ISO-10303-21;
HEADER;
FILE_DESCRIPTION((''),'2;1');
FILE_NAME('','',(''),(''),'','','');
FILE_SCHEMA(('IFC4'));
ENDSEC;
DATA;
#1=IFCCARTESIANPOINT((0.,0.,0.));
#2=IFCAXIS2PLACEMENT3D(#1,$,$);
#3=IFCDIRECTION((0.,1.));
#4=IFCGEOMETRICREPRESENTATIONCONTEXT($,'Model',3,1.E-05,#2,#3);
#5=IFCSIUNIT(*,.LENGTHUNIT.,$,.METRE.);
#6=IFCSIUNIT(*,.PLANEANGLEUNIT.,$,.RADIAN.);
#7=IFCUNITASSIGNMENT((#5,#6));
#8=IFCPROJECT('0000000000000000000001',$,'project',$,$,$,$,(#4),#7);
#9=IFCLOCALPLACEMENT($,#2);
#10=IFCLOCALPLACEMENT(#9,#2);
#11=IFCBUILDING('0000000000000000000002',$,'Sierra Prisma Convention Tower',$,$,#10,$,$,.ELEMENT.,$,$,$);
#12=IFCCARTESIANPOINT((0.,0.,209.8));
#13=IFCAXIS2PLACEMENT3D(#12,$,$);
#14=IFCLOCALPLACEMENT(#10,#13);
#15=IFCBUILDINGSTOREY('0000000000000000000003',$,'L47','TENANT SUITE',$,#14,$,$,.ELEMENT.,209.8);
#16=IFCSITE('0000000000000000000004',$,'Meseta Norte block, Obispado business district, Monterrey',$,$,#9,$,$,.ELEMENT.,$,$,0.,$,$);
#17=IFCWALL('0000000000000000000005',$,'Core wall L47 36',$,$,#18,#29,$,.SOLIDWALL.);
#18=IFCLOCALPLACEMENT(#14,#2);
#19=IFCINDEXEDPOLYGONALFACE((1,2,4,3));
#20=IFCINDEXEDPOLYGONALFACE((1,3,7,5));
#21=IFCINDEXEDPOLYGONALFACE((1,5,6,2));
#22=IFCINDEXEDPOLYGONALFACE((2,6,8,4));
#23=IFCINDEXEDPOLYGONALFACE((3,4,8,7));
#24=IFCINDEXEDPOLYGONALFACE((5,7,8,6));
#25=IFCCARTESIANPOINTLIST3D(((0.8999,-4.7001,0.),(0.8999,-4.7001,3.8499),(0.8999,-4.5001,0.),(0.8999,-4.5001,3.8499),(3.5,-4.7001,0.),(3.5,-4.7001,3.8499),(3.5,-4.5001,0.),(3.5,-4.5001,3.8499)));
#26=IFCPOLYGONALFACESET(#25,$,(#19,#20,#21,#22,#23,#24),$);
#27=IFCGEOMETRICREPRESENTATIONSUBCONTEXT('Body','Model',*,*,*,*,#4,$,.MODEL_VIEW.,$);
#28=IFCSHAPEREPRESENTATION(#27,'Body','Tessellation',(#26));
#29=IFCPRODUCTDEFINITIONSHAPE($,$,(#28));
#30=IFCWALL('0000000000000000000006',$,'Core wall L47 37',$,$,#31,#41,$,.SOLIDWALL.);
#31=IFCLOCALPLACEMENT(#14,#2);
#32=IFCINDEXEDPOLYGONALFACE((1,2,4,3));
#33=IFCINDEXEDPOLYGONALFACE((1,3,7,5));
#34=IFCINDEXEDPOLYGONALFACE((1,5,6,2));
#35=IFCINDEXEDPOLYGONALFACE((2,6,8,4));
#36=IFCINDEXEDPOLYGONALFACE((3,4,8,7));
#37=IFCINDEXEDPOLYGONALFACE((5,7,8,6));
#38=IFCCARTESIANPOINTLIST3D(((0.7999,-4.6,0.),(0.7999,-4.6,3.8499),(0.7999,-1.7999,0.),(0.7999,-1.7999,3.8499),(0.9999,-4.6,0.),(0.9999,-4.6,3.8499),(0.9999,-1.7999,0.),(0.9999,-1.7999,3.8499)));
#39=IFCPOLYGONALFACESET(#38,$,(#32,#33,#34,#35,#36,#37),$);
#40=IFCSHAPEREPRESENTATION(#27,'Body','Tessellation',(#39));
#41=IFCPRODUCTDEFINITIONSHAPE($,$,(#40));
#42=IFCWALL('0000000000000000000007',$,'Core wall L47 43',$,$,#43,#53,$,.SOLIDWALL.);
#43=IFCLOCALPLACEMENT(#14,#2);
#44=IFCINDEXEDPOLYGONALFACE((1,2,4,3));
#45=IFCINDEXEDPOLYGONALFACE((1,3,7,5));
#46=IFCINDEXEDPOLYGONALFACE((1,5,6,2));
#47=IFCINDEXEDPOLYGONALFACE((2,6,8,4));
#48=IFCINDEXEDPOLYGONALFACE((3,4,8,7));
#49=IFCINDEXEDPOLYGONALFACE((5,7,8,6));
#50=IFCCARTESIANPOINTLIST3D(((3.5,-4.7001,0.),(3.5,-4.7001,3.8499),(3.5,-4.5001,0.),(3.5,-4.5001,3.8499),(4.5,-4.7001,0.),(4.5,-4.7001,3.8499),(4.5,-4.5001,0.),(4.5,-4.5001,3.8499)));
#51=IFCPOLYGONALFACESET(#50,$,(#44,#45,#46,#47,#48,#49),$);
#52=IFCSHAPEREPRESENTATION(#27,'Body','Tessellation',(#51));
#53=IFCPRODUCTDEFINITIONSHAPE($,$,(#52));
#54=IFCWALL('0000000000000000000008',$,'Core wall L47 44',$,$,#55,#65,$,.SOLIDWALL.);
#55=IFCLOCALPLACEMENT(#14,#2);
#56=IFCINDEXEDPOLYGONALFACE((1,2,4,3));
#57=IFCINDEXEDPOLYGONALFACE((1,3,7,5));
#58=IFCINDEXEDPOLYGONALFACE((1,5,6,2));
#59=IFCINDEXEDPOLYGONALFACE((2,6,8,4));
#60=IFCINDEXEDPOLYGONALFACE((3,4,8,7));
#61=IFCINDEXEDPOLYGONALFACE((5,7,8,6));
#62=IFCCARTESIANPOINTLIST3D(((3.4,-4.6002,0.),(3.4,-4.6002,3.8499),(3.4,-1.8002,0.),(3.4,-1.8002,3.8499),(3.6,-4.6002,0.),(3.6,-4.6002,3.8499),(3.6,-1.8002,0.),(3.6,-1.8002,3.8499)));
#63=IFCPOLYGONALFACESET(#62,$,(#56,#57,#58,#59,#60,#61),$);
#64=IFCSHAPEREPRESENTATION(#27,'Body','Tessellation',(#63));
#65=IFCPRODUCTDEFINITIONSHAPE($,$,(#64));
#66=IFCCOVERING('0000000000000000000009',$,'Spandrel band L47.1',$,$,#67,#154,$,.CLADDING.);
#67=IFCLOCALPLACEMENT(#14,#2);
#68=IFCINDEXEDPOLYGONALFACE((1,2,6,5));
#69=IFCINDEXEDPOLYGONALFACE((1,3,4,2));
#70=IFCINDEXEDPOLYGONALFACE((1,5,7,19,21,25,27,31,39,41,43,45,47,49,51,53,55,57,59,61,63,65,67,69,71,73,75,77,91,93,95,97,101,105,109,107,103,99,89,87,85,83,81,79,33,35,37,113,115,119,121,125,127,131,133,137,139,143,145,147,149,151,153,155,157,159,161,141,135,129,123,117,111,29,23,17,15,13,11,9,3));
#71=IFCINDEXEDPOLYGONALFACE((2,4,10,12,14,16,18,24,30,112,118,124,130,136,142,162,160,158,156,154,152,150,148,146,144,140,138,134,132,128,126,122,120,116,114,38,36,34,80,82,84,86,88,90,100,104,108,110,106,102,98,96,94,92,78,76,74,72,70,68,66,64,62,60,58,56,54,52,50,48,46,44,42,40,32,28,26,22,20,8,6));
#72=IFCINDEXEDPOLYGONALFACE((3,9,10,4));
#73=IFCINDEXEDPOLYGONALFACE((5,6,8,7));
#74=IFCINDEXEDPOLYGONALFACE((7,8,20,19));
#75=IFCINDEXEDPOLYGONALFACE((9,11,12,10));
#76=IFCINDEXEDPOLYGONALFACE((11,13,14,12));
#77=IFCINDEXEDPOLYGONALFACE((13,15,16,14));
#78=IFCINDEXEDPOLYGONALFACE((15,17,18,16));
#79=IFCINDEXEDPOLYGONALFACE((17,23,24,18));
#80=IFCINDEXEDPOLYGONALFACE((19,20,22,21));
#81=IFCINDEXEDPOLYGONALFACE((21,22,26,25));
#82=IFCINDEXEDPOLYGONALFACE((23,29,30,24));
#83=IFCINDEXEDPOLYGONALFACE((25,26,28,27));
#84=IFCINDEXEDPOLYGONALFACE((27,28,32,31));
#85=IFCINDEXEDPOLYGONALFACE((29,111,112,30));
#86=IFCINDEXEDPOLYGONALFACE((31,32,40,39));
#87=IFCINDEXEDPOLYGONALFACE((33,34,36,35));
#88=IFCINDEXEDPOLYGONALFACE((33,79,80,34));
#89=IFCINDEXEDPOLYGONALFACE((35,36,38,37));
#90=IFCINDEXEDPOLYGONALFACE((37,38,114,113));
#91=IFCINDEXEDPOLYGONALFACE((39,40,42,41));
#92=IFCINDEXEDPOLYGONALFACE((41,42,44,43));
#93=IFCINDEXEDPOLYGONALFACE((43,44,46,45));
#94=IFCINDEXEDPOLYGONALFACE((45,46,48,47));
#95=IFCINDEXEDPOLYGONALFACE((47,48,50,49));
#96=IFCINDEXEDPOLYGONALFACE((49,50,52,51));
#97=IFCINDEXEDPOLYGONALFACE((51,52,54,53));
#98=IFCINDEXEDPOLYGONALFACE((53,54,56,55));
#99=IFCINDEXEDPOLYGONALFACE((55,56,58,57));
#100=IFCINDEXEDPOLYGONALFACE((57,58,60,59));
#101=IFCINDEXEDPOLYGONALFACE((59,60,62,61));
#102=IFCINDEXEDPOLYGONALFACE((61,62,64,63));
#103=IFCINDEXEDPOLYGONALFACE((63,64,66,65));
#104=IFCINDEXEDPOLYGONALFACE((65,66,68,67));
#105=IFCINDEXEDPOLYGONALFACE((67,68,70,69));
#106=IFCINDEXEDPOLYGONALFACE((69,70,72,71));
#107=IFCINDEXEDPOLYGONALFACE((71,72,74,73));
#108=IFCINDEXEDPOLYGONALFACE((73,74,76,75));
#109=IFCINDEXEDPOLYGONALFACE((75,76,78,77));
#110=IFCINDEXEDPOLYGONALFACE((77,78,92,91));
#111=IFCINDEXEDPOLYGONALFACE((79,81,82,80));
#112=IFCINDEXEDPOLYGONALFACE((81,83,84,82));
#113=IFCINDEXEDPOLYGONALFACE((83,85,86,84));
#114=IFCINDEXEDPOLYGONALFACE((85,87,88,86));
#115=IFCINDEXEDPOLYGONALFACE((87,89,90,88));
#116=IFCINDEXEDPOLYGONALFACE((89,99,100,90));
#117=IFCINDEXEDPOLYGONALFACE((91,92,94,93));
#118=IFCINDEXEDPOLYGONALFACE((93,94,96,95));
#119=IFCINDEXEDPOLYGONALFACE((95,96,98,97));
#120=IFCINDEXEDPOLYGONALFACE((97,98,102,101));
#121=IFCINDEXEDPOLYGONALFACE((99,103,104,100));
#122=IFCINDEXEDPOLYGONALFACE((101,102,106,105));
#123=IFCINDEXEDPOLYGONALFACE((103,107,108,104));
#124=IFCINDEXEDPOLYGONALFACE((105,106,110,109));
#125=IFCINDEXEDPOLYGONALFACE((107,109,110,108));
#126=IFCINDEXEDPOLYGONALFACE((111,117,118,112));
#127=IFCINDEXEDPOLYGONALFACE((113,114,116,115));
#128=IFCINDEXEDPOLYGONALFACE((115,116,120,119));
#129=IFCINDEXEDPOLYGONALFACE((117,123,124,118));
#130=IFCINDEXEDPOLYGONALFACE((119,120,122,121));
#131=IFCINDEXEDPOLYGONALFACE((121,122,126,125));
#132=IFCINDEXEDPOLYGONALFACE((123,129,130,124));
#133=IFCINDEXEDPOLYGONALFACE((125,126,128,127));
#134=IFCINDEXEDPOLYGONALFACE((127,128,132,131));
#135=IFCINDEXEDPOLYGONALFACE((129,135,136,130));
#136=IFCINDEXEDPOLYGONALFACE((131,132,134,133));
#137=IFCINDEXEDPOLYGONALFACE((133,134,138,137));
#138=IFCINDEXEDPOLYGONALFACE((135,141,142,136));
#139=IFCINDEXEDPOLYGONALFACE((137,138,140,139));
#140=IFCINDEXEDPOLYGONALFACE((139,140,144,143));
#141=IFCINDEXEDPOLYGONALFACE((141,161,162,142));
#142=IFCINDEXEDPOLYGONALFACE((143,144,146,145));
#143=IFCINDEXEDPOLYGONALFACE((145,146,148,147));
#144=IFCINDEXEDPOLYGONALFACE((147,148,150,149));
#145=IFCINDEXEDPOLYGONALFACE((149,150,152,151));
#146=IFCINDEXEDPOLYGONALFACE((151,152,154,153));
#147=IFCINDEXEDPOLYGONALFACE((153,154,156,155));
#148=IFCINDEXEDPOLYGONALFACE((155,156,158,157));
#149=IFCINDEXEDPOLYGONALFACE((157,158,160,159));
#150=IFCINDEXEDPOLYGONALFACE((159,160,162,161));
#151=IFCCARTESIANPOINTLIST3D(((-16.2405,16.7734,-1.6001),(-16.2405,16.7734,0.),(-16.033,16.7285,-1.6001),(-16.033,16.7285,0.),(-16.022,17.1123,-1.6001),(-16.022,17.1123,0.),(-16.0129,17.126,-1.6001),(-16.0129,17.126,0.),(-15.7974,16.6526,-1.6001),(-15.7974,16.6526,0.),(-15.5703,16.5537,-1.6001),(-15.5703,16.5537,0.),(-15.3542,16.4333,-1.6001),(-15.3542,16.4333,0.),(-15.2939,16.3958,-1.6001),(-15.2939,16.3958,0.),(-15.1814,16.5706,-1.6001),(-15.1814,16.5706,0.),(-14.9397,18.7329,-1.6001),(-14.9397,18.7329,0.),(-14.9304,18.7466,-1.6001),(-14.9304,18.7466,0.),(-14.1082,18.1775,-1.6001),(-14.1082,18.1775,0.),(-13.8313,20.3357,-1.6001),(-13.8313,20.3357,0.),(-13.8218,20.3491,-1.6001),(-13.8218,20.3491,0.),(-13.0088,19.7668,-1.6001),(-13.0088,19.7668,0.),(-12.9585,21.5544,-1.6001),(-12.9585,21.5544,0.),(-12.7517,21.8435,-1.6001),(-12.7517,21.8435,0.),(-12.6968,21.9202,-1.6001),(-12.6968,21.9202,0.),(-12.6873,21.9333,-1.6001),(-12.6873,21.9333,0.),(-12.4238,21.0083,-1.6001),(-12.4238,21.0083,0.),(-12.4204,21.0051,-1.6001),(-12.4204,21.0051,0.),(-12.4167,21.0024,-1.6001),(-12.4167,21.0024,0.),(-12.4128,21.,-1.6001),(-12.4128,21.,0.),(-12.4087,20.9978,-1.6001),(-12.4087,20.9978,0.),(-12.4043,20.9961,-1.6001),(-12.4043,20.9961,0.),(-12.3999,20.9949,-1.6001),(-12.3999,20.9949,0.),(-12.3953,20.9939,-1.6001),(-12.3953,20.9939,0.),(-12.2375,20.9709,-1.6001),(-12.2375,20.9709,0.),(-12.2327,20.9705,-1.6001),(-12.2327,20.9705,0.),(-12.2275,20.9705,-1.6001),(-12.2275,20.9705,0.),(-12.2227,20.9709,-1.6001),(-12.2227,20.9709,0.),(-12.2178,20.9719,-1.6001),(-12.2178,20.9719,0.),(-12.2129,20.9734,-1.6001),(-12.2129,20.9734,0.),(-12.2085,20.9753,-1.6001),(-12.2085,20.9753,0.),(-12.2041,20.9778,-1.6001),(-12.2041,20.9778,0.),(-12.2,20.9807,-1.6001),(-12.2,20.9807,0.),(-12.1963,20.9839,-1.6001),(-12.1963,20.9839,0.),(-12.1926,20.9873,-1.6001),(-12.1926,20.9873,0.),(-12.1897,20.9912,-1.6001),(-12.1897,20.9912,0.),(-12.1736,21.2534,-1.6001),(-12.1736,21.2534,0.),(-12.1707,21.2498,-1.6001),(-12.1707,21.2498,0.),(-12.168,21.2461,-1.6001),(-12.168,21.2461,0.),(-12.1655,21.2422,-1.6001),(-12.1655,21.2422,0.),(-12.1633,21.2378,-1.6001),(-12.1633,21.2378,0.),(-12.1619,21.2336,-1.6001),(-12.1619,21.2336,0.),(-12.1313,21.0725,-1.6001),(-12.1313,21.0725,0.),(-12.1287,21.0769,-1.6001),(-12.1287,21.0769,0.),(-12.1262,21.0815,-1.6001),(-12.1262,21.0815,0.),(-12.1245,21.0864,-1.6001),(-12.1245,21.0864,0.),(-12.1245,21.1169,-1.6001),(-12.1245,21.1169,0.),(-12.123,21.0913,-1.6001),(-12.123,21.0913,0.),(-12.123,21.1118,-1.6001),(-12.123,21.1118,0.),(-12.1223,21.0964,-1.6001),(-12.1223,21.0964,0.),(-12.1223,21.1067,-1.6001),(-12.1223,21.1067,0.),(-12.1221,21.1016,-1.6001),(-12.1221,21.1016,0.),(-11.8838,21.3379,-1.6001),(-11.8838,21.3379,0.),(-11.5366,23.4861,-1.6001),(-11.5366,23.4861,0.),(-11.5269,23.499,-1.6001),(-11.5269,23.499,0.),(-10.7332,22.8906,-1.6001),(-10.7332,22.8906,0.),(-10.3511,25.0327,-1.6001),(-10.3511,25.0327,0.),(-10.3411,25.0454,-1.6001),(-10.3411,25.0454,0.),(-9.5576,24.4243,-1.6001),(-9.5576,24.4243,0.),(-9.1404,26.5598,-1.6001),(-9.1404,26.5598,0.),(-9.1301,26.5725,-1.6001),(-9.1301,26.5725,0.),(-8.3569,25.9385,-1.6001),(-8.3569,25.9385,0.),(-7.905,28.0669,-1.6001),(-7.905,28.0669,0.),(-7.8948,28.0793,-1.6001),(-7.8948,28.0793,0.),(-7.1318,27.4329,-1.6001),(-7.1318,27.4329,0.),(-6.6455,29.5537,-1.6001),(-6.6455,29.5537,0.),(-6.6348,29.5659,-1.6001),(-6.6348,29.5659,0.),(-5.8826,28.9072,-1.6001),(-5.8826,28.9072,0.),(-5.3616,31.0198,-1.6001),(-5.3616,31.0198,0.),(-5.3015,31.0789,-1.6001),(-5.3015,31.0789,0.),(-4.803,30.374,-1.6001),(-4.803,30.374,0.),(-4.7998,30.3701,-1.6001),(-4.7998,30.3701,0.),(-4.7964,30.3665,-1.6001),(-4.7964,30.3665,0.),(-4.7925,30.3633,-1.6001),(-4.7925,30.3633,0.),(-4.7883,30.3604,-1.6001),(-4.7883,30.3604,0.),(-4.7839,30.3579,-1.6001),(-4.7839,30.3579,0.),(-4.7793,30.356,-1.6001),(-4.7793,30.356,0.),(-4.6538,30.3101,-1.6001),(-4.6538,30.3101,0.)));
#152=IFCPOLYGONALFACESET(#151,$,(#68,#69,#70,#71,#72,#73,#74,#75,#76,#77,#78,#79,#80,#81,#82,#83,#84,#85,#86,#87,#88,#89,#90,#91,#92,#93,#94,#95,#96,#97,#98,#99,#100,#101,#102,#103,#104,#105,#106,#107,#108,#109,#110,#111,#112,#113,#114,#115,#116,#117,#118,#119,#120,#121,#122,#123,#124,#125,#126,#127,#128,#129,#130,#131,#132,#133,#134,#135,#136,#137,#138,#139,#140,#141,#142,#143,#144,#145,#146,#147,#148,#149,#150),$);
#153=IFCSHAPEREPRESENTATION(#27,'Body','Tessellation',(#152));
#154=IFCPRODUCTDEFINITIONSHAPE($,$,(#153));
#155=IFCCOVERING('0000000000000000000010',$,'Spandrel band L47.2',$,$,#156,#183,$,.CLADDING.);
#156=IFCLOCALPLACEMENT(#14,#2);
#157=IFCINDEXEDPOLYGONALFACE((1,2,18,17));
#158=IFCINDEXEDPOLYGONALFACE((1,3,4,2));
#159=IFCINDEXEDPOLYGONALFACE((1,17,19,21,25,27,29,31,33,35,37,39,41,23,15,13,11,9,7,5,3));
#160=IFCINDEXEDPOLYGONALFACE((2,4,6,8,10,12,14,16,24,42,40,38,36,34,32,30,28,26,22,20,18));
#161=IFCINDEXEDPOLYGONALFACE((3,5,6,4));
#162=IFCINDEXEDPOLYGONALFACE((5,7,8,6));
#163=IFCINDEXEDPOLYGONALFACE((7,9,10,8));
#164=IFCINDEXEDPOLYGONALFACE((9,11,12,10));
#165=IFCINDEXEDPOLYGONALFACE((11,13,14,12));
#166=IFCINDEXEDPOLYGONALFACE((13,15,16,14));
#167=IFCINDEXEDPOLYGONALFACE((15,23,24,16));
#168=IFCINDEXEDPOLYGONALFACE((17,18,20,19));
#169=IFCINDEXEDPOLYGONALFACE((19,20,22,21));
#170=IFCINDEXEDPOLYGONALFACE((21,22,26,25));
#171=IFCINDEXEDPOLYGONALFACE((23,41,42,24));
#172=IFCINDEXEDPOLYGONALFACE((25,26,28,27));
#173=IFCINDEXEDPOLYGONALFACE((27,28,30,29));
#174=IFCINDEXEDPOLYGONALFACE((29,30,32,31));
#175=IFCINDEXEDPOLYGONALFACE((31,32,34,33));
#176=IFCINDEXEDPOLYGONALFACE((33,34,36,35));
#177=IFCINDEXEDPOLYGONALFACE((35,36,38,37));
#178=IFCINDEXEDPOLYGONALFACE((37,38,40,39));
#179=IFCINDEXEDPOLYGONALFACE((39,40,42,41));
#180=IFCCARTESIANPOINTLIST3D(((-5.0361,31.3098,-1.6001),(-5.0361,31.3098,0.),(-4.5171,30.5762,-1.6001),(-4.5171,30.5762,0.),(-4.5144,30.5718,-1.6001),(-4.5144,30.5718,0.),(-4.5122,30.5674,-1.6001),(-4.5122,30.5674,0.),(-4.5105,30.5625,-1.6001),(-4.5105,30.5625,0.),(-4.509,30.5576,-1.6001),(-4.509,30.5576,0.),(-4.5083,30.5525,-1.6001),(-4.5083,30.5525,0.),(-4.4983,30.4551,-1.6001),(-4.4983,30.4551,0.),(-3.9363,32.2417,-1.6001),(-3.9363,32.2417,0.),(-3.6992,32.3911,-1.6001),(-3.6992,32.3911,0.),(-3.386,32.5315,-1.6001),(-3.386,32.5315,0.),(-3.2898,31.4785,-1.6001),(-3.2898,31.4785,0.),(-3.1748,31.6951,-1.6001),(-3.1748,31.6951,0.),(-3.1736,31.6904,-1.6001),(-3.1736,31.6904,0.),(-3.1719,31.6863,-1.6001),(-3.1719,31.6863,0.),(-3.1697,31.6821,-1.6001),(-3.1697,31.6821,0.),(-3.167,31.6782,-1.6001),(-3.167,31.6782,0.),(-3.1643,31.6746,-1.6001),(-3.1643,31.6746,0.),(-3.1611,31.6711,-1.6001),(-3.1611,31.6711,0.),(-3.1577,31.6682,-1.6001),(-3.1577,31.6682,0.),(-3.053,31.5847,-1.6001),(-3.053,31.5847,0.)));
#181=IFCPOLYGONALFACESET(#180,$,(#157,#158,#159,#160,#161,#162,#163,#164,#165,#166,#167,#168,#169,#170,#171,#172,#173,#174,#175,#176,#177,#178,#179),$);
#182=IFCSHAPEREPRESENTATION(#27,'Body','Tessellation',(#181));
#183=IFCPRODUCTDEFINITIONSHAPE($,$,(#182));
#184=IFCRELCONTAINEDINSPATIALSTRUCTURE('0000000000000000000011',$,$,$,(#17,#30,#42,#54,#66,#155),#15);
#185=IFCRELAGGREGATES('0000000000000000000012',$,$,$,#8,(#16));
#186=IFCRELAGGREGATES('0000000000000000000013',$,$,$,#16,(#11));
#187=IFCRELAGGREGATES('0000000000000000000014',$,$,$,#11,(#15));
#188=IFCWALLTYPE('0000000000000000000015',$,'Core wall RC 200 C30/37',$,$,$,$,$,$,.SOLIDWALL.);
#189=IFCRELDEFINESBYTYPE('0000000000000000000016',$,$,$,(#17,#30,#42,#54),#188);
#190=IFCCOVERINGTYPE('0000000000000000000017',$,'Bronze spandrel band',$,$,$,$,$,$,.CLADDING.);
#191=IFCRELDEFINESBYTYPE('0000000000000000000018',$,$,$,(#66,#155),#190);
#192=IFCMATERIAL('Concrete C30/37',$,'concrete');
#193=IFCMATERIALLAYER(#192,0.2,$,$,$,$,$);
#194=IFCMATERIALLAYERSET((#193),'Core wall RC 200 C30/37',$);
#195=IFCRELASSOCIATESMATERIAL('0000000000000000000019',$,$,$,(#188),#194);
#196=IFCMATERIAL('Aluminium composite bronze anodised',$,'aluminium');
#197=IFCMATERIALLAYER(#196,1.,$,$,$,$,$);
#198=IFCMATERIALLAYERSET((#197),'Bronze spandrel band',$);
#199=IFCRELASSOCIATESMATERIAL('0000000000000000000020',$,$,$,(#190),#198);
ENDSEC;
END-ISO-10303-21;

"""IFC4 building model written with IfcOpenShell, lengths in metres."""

from ifc_helpers import new_model, si_unit, direction, frame, frame_2d, origin, place, context, subcontext, project, spatial, polyline, rectangle, outline, extrude, material, layer, layer_set, type_object, element, save


model = new_model("IFC4")

# Units and contexts
model_context = context("Model", 3, precision=1e-05, world=origin(), true_north=direction((0.0, 1.0)))
body_context = subcontext(model_context, "Body", "Model", "MODEL_VIEW")
ifc_project = project(units=[si_unit("LENGTHUNIT", "METRE"), si_unit("PLANEANGLEUNIT", "RADIAN")], contexts=[model_context])

# Site, building, storey
site_placement = place(None, origin())
site = spatial("IfcSite", under=ifc_project, at=site_placement, Name="Meseta Norte block, Obispado business district, Monterrey", CompositionType="ELEMENT", RefElevation=0.0)
building_placement = place(site_placement, origin())
building = spatial("IfcBuilding", under=site, at=building_placement, Name="Sierra Prisma Convention Tower", CompositionType="ELEMENT")
storey_placement = place(building_placement, frame((0.0, 0.0, 209.8)))
storey = spatial("IfcBuildingStorey", under=building, at=storey_placement, Name="L47", Description="TENANT SUITE", CompositionType="ELEMENT", Elevation=209.8)

# Shared definitions
ifc_material_1 = material(Name="Concrete C30/37", Category="concrete")
ifc_layer_1 = layer(ifc_material_1, 0.2)
ifc_layer_set_1 = layer_set([ifc_layer_1], Name="Core wall RC 200 C30/37")
wall_type = type_object("IfcWallType", Name="Core wall RC 200 C30/37", PredefinedType="SOLIDWALL", material=ifc_layer_set_1)

# Walls
wall_1_placement = place(storey_placement, frame((3.5, -4.6001, 0.0), z_axis=(0.0, 0.0, 1.0), x_axis=(-1.0, 0.0, 0.0)))
element("IfcWall", 1, at=wall_1_placement, inside=storey, type_object=wall_type, Name="Core wall L47 36", PredefinedType="SOLIDWALL", context=body_context, shape_type="SweptSolid", body=[
    extrude(rectangle(XDim=2.6001, YDim=0.2, at=frame_2d((1.3, 0.0))), origin(), (0.0, 0.0, 1.0), 3.8499),
])
wall_2_placement = place(storey_placement, frame((0.8999, -1.8, 0.0), z_axis=(0.0, 0.0, 1.0), x_axis=(0.0, -1.0, 0.0)))
element("IfcWall", 2, at=wall_2_placement, inside=storey, type_object=wall_type, Name="Core wall L47 37", PredefinedType="SOLIDWALL", context=body_context, shape_type="SweptSolid", body=[
    extrude(rectangle(XDim=2.8, YDim=0.2, at=frame_2d((1.3999, 0.0))), origin(), (0.0, 0.0, 1.0), 3.8499),
])

# Walls
wall_3_placement = place(storey_placement, frame((4.5, -4.6001, 0.0), z_axis=(0.0, 0.0, 1.0), x_axis=(-1.0, 0.0, 0.0)))
element("IfcWall", 3, at=wall_3_placement, inside=storey, type_object=wall_type, Name="Core wall L47 43", PredefinedType="SOLIDWALL", context=body_context, shape_type="SweptSolid", body=[
    extrude(rectangle(XDim=1.0, YDim=0.2, at=frame_2d((0.5, 0.0))), origin(), (0.0, 0.0, 1.0), 3.8499),
])
wall_4_placement = place(storey_placement, frame((3.5, -4.6001, 0.0), z_axis=(0.0, 0.0, 1.0), x_axis=(0.0, 1.0, 0.0)))
element("IfcWall", 4, at=wall_4_placement, inside=storey, type_object=wall_type, Name="Core wall L47 44", PredefinedType="SOLIDWALL", context=body_context, shape_type="SweptSolid", body=[
    extrude(rectangle(XDim=2.8, YDim=0.2, at=frame_2d((1.3999, 0.0))), origin(), (0.0, 0.0, 1.0), 3.8499),
])

# Coverings
ifc_material_2 = material(Name="Aluminium composite bronze anodised", Category="aluminium")
ifc_layer_2 = layer(ifc_material_2, 1.0)
ifc_layer_set_2 = layer_set([ifc_layer_2], Name="Bronze spandrel band")
covering_type = type_object("IfcCoveringType", Name="Bronze spandrel band", PredefinedType="CLADDING", material=ifc_layer_set_2)
covering_1_placement = place(storey_placement, frame((0.0, 0.0, -1.6001)))
element("IfcCovering", 5, at=covering_1_placement, inside=storey, type_object=covering_type, Name="Spandrel band L47.1", PredefinedType="CLADDING", context=body_context, shape_type="SweptSolid", body=[
    extrude(outline(polyline([(-12.9585, 21.5544), (-12.4238, 21.0083), (-12.4204, 21.0051), (-12.4167, 21.0024), (-12.4128, 21.0), (-12.4087, 20.9978), (-12.4043, 20.9961), (-12.3999, 20.9949), (-12.3953, 20.9939), (-12.2375, 20.9709), (-12.2327, 20.9705), (-12.2275, 20.9705), (-12.2227, 20.9709), (-12.2178, 20.9719), (-12.2129, 20.9734), (-12.2085, 20.9753), (-12.2041, 20.9778), (-12.2, 20.9807), (-12.1963, 20.9839), (-12.1926, 20.9873), (-12.1897, 20.9912), (-12.1313, 21.0725), (-12.1287, 21.0769), (-12.1262, 21.0815), (-12.1245, 21.0864), (-12.123, 21.0913), (-12.1223, 21.0964), (-12.1221, 21.1016), (-12.1223, 21.1067), (-12.123, 21.1118), (-12.1245, 21.1169), (-12.1619, 21.2336), (-12.1633, 21.2378), (-12.1655, 21.2422), (-12.168, 21.2461), (-12.1707, 21.2498), (-12.1736, 21.2534), (-12.7517, 21.8435), (-12.6968, 21.9202), (-12.6873, 21.9333), (-11.5366, 23.4861), (-11.5269, 23.499), (-10.3511, 25.0327), (-10.3411, 25.0454), (-9.1404, 26.5598), (-9.1301, 26.5725), (-7.905, 28.0669), (-7.8948, 28.0793), (-6.6455, 29.5537), (-6.6348, 29.5659), (-5.3616, 31.0198), (-5.3015, 31.0789), (-4.803, 30.374), (-4.7998, 30.3701), (-4.7964, 30.3665), (-4.7925, 30.3633), (-4.7883, 30.3604), (-4.7839, 30.3579), (-4.7793, 30.356), (-4.6538, 30.3101), (-5.8826, 28.9072), (-7.1318, 27.4329), (-8.3569, 25.9385), (-9.5576, 24.4243), (-10.7332, 22.8906), (-11.8838, 21.3379), (-13.0088, 19.7668), (-14.1082, 18.1775), (-15.1814, 16.5706), (-15.2939, 16.3958), (-15.3542, 16.4333), (-15.5703, 16.5537), (-15.7974, 16.6526), (-16.033, 16.7285), (-16.2405, 16.7734), (-16.022, 17.1123), (-16.0129, 17.126), (-14.9397, 18.7329), (-14.9304, 18.7466), (-13.8313, 20.3357), (-13.8218, 20.3491), (-12.9585, 21.5544)])), origin(), (0.0, 0.0, 1.0), 1.6001),
])
covering_2_placement = place(storey_placement, frame((0.0, 0.0, -1.6001)))
element("IfcCovering", 6, at=covering_2_placement, inside=storey, type_object=covering_type, Name="Spandrel band L47.2", PredefinedType="CLADDING", context=body_context, shape_type="SweptSolid", body=[
    extrude(outline(polyline([(-3.1611, 31.6711), (-3.1577, 31.6682), (-3.053, 31.5847), (-3.2898, 31.4785), (-4.4983, 30.4551), (-4.5083, 30.5525), (-4.509, 30.5576), (-4.5105, 30.5625), (-4.5122, 30.5674), (-4.5144, 30.5718), (-4.5171, 30.5762), (-5.0361, 31.3098), (-3.9363, 32.2417), (-3.6992, 32.3911), (-3.386, 32.5315), (-3.1748, 31.6951), (-3.1736, 31.6904), (-3.1719, 31.6863), (-3.1697, 31.6821), (-3.167, 31.6782), (-3.1643, 31.6746), (-3.1611, 31.6711)])), origin(), (0.0, 0.0, 1.0), 1.6001),
])

save(model, "model.ifc")
